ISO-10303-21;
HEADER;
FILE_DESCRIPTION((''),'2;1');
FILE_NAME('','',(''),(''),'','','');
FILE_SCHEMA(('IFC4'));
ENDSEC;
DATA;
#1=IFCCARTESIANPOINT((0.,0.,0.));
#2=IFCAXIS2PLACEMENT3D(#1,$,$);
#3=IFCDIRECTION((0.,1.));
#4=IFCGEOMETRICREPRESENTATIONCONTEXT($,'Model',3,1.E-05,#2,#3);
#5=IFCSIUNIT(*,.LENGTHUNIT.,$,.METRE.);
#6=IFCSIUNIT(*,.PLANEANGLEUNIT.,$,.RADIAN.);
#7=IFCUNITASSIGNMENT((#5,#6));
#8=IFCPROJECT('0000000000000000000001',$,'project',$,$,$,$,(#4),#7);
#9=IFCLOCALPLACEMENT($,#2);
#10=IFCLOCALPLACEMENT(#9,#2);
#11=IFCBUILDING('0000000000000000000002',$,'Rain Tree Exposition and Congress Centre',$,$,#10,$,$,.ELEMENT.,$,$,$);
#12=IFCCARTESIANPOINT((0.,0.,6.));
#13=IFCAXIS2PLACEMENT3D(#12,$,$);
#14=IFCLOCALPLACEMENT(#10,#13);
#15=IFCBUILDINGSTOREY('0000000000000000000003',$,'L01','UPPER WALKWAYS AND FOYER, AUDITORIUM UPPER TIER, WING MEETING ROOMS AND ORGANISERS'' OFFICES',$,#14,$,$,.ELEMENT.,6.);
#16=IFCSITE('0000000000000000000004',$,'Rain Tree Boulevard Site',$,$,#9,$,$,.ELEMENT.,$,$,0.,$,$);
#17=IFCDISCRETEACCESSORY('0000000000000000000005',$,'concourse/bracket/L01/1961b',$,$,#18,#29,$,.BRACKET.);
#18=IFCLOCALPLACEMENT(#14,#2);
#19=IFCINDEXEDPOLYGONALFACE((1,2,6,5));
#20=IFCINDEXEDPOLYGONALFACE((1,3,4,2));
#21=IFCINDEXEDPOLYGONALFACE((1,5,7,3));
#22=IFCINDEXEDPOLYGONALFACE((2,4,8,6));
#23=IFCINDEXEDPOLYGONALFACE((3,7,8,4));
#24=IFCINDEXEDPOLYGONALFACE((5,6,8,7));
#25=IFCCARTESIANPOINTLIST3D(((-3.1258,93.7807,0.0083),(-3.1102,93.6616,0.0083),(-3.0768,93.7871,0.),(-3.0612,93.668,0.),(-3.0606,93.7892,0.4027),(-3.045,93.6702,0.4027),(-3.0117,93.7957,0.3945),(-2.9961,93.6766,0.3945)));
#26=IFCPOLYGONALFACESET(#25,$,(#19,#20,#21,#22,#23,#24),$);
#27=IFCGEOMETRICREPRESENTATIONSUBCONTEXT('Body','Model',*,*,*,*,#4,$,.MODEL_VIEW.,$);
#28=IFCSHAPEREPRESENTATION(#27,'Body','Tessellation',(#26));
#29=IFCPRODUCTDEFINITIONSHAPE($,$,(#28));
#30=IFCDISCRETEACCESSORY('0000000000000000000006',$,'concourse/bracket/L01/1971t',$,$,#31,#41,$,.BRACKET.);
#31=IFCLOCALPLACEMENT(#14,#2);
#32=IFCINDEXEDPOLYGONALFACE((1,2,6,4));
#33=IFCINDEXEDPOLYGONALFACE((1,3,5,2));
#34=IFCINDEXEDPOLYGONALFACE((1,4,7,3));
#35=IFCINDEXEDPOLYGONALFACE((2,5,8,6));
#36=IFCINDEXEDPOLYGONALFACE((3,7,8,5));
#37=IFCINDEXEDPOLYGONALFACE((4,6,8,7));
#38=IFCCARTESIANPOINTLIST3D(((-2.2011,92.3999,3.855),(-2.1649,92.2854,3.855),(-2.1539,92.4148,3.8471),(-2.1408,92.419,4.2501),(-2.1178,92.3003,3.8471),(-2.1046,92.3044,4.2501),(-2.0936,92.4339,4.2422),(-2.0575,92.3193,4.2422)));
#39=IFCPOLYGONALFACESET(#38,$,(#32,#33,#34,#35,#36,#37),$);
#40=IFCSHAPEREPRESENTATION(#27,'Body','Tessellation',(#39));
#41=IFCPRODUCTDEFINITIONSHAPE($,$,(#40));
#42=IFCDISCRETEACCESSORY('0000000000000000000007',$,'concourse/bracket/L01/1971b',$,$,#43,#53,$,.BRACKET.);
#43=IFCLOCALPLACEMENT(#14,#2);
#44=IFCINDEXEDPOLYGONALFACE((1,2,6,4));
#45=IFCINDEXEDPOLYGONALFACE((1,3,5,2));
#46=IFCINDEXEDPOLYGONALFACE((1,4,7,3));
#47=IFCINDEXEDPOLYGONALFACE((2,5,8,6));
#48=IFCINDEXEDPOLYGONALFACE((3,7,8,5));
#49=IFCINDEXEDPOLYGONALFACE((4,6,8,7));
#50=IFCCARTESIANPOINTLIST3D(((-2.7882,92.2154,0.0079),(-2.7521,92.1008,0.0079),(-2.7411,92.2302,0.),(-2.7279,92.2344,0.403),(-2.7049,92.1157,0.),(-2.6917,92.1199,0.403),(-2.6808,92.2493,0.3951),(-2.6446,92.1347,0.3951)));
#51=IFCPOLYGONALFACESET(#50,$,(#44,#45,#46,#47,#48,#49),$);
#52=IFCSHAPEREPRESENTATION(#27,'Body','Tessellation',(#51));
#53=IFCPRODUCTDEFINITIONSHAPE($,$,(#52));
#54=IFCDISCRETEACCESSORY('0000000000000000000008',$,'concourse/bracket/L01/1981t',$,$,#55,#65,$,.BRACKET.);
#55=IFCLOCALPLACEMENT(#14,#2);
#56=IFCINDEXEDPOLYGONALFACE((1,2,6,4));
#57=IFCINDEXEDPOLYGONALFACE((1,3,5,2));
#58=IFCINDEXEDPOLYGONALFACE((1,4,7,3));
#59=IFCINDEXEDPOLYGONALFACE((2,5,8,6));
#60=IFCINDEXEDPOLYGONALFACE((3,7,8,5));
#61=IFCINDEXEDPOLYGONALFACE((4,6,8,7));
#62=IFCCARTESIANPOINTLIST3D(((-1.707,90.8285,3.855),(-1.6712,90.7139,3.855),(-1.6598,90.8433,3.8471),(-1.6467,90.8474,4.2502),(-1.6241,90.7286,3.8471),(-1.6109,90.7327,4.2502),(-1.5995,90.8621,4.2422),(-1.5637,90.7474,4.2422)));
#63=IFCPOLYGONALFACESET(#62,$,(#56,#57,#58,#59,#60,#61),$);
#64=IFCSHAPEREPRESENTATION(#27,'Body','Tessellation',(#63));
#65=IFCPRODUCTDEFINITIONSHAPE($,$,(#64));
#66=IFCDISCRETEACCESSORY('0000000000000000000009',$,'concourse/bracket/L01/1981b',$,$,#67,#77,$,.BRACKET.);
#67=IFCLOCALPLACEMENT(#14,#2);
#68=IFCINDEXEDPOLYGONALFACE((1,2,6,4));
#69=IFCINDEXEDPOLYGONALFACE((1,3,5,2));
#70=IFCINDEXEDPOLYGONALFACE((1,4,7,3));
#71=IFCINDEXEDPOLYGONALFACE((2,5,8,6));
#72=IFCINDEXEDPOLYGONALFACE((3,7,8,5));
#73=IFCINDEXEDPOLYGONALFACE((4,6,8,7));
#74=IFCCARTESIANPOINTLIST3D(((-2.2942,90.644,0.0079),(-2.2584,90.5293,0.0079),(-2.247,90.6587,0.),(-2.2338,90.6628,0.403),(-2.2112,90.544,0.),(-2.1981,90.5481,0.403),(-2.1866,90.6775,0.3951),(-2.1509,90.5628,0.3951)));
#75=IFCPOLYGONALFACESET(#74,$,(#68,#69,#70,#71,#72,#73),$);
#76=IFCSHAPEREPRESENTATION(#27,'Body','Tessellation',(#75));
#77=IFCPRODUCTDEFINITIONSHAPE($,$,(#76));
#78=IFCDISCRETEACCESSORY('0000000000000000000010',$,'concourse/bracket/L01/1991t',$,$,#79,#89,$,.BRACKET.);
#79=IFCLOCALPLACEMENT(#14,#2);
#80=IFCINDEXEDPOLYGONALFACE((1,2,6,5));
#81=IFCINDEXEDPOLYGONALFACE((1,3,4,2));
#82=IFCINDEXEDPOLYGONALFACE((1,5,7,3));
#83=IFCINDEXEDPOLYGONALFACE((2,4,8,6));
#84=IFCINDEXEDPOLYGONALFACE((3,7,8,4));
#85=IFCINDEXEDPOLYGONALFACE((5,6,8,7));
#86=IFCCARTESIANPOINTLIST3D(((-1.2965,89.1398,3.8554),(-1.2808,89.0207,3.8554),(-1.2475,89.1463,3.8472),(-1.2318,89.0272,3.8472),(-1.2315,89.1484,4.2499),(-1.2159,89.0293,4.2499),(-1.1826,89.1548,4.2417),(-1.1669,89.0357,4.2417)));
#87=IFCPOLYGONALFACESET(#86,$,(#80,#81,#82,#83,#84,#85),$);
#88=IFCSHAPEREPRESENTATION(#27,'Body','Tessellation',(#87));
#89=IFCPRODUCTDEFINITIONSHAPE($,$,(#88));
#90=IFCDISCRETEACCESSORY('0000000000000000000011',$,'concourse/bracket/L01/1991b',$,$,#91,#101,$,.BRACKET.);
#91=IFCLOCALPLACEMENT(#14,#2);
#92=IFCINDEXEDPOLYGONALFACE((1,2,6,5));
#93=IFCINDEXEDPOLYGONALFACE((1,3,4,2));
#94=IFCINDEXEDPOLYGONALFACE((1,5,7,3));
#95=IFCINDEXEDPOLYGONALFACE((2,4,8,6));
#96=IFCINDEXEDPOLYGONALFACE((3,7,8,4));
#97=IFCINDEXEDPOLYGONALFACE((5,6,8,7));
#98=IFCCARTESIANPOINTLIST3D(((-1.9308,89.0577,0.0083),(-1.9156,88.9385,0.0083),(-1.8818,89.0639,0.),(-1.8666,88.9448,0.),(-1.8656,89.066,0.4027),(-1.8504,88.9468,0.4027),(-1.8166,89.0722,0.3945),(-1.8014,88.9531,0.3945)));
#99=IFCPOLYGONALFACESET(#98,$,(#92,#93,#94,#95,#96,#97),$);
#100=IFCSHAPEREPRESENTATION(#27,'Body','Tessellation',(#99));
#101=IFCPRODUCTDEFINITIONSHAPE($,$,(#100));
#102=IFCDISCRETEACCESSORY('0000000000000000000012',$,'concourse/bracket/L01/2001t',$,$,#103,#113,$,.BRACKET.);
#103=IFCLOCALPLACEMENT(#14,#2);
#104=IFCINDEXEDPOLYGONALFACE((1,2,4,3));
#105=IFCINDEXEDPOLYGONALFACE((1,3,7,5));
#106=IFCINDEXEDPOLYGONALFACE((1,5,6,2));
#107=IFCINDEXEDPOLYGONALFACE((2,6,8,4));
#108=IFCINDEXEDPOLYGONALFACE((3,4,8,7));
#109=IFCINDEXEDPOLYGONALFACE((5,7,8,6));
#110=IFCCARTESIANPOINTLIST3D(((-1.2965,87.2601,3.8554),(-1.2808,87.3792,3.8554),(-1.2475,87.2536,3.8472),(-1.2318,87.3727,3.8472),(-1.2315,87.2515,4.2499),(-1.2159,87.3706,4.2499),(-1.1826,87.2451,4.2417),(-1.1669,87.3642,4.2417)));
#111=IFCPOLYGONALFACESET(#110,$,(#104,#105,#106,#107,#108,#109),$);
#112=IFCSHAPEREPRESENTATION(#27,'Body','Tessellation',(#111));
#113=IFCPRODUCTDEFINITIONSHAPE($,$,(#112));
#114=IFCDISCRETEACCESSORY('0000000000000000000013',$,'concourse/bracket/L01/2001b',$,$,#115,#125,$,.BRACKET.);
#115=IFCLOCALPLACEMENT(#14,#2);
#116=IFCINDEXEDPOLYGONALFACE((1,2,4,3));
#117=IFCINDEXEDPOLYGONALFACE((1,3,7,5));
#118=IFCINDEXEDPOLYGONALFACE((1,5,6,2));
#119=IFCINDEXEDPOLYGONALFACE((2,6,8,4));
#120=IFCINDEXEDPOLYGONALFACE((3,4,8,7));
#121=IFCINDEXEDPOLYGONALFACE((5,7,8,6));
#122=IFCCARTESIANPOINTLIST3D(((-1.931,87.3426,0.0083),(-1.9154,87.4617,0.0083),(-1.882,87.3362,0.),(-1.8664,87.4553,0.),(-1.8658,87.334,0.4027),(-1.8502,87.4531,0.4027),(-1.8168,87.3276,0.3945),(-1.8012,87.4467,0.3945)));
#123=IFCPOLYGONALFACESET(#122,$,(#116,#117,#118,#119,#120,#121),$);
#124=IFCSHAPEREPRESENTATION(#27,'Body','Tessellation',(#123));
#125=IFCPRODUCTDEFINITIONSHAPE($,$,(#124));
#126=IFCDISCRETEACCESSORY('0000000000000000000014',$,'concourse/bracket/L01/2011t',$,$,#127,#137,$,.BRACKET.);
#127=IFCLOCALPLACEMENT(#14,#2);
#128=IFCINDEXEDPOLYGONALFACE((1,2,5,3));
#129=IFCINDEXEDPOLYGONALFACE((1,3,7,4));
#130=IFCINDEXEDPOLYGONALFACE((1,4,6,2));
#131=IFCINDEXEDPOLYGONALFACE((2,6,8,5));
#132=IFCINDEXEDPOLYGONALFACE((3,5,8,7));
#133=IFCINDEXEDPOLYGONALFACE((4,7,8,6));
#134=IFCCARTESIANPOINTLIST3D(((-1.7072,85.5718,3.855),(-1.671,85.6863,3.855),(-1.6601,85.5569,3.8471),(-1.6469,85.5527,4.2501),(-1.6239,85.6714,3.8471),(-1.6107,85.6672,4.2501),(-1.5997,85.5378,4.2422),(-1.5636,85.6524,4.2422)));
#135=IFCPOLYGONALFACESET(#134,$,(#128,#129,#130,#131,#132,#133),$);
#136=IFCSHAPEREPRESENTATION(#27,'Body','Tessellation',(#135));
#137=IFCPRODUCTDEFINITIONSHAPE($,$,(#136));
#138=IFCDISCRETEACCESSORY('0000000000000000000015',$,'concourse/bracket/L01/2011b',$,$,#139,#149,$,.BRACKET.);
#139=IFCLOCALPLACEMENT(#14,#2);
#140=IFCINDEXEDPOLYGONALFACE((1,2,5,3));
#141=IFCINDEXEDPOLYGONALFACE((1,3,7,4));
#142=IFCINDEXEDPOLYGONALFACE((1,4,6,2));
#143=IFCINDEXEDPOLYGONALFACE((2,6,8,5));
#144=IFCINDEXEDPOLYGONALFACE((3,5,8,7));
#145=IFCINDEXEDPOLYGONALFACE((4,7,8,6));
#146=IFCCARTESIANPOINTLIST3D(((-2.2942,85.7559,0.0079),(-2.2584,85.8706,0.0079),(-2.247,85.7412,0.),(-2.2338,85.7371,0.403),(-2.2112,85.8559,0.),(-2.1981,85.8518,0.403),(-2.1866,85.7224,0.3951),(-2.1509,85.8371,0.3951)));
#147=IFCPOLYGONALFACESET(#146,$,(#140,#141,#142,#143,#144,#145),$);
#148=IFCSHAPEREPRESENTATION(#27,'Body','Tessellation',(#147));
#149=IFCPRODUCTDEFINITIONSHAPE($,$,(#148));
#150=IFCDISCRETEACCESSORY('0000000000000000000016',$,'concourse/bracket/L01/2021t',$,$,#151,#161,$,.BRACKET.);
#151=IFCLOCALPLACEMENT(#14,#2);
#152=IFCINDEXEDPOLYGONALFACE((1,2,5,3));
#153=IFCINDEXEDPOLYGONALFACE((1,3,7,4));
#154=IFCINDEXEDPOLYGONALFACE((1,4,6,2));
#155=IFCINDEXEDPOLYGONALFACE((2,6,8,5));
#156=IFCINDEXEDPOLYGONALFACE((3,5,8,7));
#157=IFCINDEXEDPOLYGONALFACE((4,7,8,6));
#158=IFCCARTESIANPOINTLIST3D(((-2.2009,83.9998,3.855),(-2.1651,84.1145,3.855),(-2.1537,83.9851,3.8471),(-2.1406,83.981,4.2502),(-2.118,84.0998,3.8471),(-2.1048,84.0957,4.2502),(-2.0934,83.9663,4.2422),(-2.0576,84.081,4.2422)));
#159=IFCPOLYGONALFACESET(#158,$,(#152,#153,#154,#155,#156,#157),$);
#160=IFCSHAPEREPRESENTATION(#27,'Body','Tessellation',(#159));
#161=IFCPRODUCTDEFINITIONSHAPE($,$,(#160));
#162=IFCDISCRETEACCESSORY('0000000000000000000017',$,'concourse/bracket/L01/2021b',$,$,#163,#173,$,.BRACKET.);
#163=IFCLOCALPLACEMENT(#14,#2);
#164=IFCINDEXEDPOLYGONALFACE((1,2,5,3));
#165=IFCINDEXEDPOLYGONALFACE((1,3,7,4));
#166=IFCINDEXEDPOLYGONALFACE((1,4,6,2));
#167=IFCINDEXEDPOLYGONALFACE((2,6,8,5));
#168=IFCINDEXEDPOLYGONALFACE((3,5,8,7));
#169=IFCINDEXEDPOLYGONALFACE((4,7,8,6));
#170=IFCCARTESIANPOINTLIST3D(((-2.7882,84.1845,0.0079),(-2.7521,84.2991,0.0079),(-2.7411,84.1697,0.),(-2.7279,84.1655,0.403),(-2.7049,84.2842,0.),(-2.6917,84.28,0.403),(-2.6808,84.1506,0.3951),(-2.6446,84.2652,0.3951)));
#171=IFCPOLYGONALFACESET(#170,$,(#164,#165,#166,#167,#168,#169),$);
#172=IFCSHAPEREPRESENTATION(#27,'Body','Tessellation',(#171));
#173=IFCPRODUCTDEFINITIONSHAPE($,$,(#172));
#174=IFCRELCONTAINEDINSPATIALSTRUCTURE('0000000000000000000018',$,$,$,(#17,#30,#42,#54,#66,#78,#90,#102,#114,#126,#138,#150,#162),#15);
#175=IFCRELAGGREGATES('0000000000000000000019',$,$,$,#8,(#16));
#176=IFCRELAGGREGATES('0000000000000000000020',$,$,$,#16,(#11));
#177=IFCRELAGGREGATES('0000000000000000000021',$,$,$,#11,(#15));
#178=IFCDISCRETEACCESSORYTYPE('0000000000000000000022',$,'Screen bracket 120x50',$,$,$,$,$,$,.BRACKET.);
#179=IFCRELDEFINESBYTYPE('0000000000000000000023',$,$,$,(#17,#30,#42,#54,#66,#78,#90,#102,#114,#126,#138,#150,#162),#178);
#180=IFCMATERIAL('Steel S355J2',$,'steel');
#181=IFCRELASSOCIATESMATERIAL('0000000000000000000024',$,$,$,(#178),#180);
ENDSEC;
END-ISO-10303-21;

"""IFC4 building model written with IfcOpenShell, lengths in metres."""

from ifc_helpers import new_model, si_unit, direction, frame, origin, origin_2d, place, context, subcontext, project, spatial, rectangle, extrude, material, material_profile, profile_set, type_object, element, save


model = new_model("IFC4")

# Units and contexts
model_context = context("Model", 3, precision=1e-05, world=origin(), true_north=direction((0.0, 1.0)))
body_context = subcontext(model_context, "Body", "Model", "MODEL_VIEW")
ifc_project = project(units=[si_unit("LENGTHUNIT", "METRE"), si_unit("PLANEANGLEUNIT", "RADIAN")], contexts=[model_context])

# Site, building, storey
site_placement = place(None, origin())
site = spatial("IfcSite", under=ifc_project, at=site_placement, Name="Rain Tree Boulevard Site", CompositionType="ELEMENT", RefElevation=0.0)
building_placement = place(site_placement, origin())
building = spatial("IfcBuilding", under=site, at=building_placement, Name="Rain Tree Exposition and Congress Centre", CompositionType="ELEMENT")
storey_placement = place(building_placement, frame((0.0, 0.0, 6.0)))
storey = spatial("IfcBuildingStorey", under=building, at=storey_placement, Name="L01", Description="UPPER WALKWAYS AND FOYER, AUDITORIUM UPPER TIER, WING MEETING ROOMS AND ORGANISERS' OFFICES", CompositionType="ELEMENT", Elevation=6.0)

# Discrete accessories
ifc_material_1 = material(Name="Steel S355J2", Category="steel")
ifc_material_profile_1 = material_profile(ifc_material_1, rectangle(XDim=0.1201, YDim=0.05, at=origin_2d()), Name="Flat bar 120x50")
ifc_profile_set_1 = profile_set([ifc_material_profile_1], Name="Steel S355J2")
discrete_accessory_type = type_object("IfcDiscreteAccessoryType", Name="Screen bracket 120x50", PredefinedType="BRACKET", material=ifc_profile_set_1)
for number, where, z_axis, x_axis, name in (
    (1, (-3.0935, 93.7244, 0.0042), (0.162976, 0.021364, 0.986399), (-0.129974, 0.991517, 0.0), "concourse/bracket/L01/1961b"),
):
    element("IfcDiscreteAccessory", number, at=place(storey_placement, frame(where, z_axis=z_axis, x_axis=x_axis)), inside=storey, type_object=discrete_accessory_type, Name=name, PredefinedType="BRACKET", context=body_context, shape_type="SweptSolid", body=[
        extrude(rectangle(XDim=0.1201, YDim=0.05, at=origin_2d()), origin(), (0.0, 0.0, 1.0), 0.3999),
    ])
for number, where, z_axis, x_axis, name in (
    (2, (-2.1594, 92.3501, 3.8511), (0.150738, 0.047602, 0.987427), (-0.301131, 0.953583, 0.0), "concourse/bracket/L01/1971t"),
    (3, (-2.7466, 92.1655, 0.0039), (0.150738, 0.047602, 0.987427), (-0.301131, 0.953583, 0.0), "concourse/bracket/L01/1971b"),
    (4, (-1.6655, 90.7786, 3.8511), (0.150743, 0.046993, 0.987456), (-0.297615, 0.954686, 0.0), "concourse/bracket/L01/1981t"),
    (5, (-2.2527, 90.594, 0.0039), (0.150743, 0.046993, 0.987456), (-0.297615, 0.954686, 0.0), "concourse/bracket/L01/1981b"),
):
    element("IfcDiscreteAccessory", number, at=place(storey_placement, frame(where, z_axis=z_axis, x_axis=x_axis)), inside=storey, type_object=discrete_accessory_type, Name=name, PredefinedType="BRACKET", context=body_context, shape_type="SweptSolid", body=[
        extrude(rectangle(XDim=0.1201, YDim=0.05, at=origin_2d()), origin(), (0.0, 0.0, 1.0), 0.4001),
    ])
for number, where, z_axis, x_axis, name in (
    (6, (-1.2642, 89.0835, 3.8513), (0.162381, 0.021366, 0.986497), (-0.130455, 0.991454, 0.0), "concourse/bracket/L01/1991t"),
    (7, (-1.8987, 89.0012, 0.0042), (0.162978, 0.020754, 0.986411), (-0.126321, 0.991989, 0.0), "concourse/bracket/L01/1991b"),
    (8, (-1.2642, 87.3164, 3.8513), (0.162381, -0.021366, 0.986497), (0.130455, 0.991454, 0.0), "concourse/bracket/L01/2001t"),
    (9, (-1.8987, 87.3989, 0.0042), (0.162976, -0.021364, 0.986399), (0.129974, 0.991517, 0.0), "concourse/bracket/L01/2001b"),
):
    element("IfcDiscreteAccessory", number, at=place(storey_placement, frame(where, z_axis=z_axis, x_axis=x_axis)), inside=storey, type_object=discrete_accessory_type, Name=name, PredefinedType="BRACKET", context=body_context, shape_type="SweptSolid", body=[
        extrude(rectangle(XDim=0.1201, YDim=0.05, at=origin_2d()), origin(), (0.0, 0.0, 1.0), 0.3999),
    ])
for number, where, z_axis, x_axis, name in (
    (10, (-1.6655, 85.6216, 3.8511), (0.150738, -0.047602, 0.987427), (0.301131, 0.953583, 0.0), "concourse/bracket/L01/2011t"),
    (11, (-2.2527, 85.8059, 0.0039), (0.150743, -0.046993, 0.987456), (0.297615, 0.954686, 0.0), "concourse/bracket/L01/2011b"),
    (12, (-2.1594, 84.0498, 3.8511), (0.150743, -0.046993, 0.987456), (0.297615, 0.954686, 0.0), "concourse/bracket/L01/2021t"),
    (13, (-2.7466, 84.2344, 0.0039), (0.150738, -0.047602, 0.987427), (0.301131, 0.953583, 0.0), "concourse/bracket/L01/2021b"),
):
    element("IfcDiscreteAccessory", number, at=place(storey_placement, frame(where, z_axis=z_axis, x_axis=x_axis)), inside=storey, type_object=discrete_accessory_type, Name=name, PredefinedType="BRACKET", context=body_context, shape_type="SweptSolid", body=[
        extrude(rectangle(XDim=0.1201, YDim=0.05, at=origin_2d()), origin(), (0.0, 0.0, 1.0), 0.4001),
    ])

save(model, "model.ifc")
